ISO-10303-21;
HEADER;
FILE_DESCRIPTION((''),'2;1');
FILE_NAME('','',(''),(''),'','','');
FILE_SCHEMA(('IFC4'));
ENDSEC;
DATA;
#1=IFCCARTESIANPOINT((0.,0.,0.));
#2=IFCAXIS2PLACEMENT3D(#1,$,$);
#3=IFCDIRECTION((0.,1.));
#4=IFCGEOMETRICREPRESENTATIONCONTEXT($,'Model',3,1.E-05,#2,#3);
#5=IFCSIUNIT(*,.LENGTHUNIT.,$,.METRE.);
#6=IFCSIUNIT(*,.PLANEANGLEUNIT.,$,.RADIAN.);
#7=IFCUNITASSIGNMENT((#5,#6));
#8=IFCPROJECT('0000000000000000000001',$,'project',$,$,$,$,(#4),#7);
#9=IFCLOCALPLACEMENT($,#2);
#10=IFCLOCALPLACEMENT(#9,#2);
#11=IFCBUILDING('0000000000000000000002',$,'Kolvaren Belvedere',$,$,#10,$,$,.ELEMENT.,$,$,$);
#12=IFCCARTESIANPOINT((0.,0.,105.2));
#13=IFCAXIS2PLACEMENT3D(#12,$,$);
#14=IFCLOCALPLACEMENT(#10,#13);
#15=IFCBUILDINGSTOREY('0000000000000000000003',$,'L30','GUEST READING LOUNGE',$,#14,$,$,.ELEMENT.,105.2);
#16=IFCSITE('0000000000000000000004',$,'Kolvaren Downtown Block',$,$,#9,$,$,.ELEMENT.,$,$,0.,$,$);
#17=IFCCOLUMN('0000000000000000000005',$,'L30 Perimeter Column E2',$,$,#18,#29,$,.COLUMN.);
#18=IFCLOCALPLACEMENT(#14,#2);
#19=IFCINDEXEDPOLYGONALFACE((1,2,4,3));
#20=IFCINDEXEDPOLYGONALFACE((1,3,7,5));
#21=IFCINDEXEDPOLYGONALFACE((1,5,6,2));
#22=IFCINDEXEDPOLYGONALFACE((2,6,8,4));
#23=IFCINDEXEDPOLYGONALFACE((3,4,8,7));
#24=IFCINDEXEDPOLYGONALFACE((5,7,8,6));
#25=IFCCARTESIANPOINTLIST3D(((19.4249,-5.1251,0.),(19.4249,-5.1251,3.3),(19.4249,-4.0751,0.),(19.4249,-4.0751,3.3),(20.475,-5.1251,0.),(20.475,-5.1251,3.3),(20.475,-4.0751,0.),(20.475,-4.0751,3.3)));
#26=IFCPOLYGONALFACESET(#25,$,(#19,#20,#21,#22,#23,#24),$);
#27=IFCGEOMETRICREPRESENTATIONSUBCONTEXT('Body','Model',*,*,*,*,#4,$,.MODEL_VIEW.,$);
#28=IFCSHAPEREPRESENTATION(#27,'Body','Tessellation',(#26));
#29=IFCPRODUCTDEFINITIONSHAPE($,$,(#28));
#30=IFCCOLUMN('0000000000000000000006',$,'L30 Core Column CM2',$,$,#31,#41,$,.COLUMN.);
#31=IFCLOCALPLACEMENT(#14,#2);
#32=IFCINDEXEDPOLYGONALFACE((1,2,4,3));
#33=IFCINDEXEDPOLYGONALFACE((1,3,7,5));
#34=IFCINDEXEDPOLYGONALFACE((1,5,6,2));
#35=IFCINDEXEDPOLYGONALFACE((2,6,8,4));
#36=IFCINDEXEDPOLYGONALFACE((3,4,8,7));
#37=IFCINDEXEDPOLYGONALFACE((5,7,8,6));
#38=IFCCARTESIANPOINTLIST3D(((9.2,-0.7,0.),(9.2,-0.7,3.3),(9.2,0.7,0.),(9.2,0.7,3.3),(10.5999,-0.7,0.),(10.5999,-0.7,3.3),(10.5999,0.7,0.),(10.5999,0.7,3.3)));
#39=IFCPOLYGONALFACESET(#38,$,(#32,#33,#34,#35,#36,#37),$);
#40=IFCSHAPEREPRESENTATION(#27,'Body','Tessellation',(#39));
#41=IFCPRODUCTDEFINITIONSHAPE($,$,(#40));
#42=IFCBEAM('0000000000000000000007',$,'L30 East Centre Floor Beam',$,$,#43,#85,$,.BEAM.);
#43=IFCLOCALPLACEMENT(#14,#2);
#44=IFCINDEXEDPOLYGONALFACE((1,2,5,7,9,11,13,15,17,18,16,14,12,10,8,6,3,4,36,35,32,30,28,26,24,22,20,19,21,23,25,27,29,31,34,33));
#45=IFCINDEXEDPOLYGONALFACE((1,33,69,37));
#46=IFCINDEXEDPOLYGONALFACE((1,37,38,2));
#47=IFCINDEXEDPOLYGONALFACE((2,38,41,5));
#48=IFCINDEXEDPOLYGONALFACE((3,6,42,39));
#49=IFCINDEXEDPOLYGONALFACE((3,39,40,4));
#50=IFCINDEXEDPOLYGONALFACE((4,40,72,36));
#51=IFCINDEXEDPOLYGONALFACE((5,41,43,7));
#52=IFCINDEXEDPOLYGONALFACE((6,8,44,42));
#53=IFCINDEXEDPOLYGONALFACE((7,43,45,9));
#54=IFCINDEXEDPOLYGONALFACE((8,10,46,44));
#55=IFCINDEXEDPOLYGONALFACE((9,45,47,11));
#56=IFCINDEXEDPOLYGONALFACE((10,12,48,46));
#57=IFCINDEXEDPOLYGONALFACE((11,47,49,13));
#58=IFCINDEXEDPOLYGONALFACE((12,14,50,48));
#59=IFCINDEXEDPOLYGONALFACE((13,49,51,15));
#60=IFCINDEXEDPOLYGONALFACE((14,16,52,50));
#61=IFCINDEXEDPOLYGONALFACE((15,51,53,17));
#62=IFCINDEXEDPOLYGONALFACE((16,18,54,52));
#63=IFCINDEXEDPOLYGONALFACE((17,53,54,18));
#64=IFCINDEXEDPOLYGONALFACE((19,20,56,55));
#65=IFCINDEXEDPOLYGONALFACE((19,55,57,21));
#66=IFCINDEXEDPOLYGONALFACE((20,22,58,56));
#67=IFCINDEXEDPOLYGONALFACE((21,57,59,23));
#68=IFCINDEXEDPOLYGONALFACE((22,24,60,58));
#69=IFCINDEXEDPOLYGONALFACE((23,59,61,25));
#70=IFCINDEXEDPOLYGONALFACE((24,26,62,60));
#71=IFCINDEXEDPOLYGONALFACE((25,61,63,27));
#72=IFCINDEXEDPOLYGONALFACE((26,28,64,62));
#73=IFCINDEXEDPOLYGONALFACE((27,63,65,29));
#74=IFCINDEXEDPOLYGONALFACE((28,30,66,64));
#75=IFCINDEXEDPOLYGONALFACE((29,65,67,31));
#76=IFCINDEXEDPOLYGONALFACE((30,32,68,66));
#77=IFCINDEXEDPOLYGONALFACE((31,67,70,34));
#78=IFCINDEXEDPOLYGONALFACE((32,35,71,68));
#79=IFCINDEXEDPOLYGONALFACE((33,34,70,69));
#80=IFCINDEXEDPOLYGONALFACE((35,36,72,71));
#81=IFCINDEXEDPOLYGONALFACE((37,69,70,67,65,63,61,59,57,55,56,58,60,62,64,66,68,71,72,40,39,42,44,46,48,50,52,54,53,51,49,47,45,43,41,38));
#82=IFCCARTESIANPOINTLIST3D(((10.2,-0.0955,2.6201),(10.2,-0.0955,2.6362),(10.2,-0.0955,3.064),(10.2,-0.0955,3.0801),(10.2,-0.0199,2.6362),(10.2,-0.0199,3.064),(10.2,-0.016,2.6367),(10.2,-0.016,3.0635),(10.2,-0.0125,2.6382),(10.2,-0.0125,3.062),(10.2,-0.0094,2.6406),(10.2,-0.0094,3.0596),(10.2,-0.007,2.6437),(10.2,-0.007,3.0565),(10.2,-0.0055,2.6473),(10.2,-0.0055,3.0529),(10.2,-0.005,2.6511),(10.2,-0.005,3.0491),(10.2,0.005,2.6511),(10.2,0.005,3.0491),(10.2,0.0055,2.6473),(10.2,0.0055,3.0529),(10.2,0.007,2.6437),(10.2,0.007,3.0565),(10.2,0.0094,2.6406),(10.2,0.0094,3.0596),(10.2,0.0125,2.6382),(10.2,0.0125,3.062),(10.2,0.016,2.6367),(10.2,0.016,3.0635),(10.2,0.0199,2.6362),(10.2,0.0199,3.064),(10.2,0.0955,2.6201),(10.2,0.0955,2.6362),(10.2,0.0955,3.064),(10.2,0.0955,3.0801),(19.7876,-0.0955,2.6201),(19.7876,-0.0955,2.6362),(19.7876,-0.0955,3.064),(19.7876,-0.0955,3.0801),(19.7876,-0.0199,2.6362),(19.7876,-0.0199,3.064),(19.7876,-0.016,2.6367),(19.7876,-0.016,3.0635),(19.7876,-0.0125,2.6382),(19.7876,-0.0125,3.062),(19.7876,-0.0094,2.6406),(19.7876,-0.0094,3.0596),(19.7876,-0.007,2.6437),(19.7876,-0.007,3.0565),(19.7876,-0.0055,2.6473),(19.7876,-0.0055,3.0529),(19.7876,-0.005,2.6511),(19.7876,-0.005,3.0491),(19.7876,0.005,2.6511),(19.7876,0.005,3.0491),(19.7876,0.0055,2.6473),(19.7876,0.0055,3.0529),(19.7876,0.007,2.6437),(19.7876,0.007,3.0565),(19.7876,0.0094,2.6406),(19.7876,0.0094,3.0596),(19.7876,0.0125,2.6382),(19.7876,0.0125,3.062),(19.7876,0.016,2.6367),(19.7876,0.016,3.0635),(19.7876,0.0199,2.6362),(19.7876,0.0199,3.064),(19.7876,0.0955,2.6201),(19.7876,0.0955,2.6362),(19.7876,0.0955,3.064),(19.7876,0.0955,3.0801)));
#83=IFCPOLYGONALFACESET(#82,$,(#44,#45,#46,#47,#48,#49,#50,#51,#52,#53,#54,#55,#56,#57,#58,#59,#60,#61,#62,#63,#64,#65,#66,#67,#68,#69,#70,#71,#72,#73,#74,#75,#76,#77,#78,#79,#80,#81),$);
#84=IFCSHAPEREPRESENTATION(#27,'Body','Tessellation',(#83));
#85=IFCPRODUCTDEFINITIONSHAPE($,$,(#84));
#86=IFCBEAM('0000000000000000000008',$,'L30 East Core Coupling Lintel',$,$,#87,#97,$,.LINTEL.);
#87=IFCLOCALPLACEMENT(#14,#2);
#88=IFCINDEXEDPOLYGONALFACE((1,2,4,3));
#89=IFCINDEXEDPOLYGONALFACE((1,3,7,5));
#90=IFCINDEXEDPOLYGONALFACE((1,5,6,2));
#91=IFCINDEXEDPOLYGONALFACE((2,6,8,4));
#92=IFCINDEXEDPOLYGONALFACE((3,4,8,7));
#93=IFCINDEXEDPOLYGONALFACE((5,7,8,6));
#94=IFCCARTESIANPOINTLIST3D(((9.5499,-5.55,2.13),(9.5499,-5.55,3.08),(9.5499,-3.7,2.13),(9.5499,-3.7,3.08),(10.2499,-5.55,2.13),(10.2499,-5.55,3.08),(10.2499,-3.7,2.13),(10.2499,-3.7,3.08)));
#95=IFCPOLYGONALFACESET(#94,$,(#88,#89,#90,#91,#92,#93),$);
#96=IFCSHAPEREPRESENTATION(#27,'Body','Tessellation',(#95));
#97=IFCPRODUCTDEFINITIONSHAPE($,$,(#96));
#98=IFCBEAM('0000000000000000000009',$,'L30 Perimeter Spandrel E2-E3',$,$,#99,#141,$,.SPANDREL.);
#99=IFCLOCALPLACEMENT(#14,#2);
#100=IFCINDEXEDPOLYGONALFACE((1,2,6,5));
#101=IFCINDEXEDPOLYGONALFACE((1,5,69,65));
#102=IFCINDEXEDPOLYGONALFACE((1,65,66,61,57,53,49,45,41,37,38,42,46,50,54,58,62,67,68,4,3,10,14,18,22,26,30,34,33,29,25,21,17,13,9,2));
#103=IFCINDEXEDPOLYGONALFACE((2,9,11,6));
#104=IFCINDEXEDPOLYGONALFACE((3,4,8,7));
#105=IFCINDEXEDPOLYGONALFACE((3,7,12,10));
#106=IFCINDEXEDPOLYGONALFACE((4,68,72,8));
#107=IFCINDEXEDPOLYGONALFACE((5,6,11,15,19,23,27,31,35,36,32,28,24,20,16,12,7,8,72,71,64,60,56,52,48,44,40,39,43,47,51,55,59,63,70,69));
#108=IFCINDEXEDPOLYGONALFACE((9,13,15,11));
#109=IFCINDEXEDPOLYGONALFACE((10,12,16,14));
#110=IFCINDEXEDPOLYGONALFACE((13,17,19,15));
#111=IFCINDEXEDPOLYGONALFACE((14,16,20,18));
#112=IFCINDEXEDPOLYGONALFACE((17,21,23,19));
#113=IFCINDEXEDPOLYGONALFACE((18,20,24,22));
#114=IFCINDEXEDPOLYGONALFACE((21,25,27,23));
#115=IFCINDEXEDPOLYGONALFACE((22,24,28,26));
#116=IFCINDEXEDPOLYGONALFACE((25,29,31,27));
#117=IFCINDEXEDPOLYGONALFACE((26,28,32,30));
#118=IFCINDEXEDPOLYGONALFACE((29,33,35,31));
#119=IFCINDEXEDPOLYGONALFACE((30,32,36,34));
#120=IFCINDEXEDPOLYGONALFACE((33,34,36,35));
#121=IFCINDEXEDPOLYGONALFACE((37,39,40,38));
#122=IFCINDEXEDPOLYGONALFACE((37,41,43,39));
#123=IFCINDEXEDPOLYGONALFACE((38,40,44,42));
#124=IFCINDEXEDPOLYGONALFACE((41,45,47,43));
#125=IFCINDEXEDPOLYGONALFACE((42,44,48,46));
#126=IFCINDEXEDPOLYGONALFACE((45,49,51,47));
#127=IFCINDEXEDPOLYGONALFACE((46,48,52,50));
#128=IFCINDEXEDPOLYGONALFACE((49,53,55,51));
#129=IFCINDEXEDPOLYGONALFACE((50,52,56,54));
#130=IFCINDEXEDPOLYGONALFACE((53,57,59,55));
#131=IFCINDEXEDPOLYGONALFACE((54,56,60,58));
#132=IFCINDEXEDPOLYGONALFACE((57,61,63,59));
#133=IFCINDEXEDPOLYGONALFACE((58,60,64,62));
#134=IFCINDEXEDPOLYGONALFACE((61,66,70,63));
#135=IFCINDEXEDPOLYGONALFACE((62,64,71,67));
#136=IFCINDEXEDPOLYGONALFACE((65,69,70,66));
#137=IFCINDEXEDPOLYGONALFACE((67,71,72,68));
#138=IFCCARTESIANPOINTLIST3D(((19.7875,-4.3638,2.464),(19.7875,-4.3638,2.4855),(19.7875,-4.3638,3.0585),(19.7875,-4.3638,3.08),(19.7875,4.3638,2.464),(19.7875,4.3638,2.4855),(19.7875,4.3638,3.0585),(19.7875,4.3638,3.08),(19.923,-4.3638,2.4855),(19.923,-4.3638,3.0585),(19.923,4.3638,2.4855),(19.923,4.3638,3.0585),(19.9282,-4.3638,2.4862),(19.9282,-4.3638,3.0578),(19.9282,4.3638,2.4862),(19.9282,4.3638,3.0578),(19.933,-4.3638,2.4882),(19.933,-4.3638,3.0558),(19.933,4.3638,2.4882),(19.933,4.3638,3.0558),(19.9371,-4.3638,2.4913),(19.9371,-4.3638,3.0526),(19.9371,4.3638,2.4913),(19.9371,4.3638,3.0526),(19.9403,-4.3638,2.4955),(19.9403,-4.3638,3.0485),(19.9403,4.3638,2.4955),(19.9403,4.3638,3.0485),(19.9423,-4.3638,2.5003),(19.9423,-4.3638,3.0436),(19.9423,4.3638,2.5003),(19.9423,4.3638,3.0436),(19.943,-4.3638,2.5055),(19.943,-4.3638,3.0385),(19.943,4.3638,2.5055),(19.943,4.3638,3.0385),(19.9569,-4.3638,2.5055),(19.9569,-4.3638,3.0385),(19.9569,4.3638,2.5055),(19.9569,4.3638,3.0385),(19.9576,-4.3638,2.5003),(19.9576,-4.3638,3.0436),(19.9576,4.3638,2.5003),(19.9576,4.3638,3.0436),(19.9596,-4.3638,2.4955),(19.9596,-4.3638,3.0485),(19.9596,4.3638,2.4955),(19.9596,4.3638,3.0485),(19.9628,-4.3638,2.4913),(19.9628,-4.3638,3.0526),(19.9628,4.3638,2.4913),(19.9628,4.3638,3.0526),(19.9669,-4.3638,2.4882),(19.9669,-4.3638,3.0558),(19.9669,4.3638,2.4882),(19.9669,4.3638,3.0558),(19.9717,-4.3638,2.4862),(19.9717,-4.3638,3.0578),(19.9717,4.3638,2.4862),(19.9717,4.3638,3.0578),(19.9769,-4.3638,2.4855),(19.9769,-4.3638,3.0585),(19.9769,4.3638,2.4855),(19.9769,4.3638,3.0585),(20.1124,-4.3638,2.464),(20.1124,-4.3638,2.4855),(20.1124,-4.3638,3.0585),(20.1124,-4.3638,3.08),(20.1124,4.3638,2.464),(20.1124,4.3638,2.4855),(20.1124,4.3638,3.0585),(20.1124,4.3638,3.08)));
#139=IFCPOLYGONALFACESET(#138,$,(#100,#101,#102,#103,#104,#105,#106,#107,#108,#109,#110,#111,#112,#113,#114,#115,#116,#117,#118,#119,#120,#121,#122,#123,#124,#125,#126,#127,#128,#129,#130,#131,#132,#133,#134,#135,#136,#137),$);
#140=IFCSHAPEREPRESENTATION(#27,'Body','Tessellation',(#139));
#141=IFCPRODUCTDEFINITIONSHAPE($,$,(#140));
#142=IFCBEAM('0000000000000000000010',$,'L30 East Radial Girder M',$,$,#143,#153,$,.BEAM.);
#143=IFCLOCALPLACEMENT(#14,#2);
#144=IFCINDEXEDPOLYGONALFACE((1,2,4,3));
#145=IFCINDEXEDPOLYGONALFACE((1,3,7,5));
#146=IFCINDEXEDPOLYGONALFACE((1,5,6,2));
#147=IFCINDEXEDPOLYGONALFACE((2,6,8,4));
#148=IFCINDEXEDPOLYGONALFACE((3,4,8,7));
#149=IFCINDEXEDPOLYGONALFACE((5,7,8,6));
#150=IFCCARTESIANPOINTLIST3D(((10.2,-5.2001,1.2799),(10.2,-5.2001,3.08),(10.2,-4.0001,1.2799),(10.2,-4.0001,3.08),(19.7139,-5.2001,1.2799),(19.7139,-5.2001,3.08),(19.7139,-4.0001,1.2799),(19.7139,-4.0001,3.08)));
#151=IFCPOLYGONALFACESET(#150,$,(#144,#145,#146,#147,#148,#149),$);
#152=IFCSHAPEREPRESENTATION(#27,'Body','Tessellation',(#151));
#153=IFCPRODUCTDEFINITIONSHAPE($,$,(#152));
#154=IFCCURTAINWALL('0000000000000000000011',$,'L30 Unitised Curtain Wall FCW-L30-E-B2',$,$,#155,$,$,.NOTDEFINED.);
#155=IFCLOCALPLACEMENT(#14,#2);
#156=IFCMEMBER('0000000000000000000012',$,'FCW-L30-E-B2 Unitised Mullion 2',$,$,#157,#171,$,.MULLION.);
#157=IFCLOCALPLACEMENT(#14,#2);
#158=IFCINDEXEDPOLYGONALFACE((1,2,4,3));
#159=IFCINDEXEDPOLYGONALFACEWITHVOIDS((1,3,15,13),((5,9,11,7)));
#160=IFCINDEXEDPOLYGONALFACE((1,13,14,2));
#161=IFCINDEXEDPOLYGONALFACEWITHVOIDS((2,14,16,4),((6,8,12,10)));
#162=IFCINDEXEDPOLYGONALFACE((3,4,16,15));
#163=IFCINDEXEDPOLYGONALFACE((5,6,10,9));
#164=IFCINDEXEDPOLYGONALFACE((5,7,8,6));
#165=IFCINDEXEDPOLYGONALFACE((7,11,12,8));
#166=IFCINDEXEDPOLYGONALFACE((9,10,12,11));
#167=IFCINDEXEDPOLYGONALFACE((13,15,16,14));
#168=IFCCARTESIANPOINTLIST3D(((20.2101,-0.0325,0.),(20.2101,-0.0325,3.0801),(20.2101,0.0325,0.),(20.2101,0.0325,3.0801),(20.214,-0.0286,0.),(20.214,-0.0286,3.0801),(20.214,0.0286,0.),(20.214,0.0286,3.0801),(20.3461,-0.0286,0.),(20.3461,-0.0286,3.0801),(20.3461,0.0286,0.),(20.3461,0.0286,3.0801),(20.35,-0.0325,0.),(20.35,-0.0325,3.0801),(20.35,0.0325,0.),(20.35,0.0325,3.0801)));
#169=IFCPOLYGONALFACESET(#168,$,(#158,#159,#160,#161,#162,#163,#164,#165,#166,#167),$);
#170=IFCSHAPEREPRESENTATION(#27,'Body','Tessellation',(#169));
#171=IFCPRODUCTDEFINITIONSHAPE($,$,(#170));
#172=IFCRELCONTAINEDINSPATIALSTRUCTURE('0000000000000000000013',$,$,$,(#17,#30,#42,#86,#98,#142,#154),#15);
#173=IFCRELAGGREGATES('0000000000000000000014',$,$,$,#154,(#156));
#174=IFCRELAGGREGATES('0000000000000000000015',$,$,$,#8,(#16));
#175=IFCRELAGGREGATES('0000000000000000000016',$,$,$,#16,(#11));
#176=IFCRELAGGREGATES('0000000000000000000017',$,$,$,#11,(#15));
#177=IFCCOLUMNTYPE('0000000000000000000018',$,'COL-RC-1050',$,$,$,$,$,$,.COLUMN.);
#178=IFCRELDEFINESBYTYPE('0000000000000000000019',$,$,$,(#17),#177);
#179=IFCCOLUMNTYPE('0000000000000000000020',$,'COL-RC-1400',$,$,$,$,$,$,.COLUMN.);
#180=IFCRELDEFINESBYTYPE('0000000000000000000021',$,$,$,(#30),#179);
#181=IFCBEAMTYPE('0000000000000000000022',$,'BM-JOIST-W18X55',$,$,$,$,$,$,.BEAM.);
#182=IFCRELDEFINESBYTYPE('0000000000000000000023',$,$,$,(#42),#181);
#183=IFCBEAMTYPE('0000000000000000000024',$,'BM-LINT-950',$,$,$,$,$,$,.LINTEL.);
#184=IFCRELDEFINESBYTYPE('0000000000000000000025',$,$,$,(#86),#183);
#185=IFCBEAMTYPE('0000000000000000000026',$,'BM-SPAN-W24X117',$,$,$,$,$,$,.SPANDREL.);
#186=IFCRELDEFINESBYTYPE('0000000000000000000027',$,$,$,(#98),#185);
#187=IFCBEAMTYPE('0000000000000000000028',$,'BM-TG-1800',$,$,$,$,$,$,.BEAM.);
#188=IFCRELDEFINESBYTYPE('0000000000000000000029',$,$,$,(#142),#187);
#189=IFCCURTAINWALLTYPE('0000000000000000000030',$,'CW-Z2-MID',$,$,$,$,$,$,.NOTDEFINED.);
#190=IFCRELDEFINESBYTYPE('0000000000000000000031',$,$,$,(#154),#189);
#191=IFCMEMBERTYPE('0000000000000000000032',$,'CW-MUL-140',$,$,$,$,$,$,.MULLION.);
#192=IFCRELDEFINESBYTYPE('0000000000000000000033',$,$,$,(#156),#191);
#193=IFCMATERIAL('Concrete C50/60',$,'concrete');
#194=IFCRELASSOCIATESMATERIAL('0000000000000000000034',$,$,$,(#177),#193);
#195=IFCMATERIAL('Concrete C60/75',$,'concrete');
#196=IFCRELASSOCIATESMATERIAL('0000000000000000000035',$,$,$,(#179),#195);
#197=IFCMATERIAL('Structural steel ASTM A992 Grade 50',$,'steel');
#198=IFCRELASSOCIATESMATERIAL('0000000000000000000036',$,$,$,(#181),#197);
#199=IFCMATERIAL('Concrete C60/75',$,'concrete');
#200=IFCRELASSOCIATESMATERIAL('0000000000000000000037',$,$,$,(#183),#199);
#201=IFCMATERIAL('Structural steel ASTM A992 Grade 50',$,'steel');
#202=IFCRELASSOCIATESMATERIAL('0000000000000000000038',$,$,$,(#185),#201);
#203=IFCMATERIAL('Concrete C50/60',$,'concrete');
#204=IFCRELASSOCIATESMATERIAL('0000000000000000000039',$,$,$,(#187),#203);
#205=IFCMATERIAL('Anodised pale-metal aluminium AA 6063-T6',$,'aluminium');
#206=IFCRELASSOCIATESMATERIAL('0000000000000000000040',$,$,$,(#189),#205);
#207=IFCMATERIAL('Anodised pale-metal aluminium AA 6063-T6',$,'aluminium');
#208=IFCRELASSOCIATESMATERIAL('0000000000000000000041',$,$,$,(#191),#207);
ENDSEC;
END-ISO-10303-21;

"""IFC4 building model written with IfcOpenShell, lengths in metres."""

from ifc_helpers import new_model, si_unit, direction, frame, origin, origin_2d, place, context, subcontext, project, spatial, rectangle, hollow_rectangle, i_section, extrude, material, material_profile, profile_set, type_object, element, aggregate, save


model = new_model("IFC4")

# Units and contexts
model_context = context("Model", 3, precision=1e-05, world=origin(), true_north=direction((0.0, 1.0)))
body_context = subcontext(model_context, "Body", "Model", "MODEL_VIEW")
ifc_project = project(units=[si_unit("LENGTHUNIT", "METRE"), si_unit("PLANEANGLEUNIT", "RADIAN")], contexts=[model_context])

# Site, building, storey
site_placement = place(None, origin())
site = spatial("IfcSite", under=ifc_project, at=site_placement, Name="Kolvaren Downtown Block", CompositionType="ELEMENT", RefElevation=0.0)
building_placement = place(site_placement, origin())
building = spatial("IfcBuilding", under=site, at=building_placement, Name="Kolvaren Belvedere", CompositionType="ELEMENT")
storey_placement = place(building_placement, frame((0.0, 0.0, 105.2)))
storey = spatial("IfcBuildingStorey", under=building, at=storey_placement, Name="L30", Description="GUEST READING LOUNGE", CompositionType="ELEMENT", Elevation=105.2)

# Columns
ifc_material_1 = material(Name="Concrete C50/60", Category="concrete")
ifc_material_profile_1 = material_profile(ifc_material_1, rectangle(XDim=1.05, YDim=1.05, at=origin_2d()), Name="RC 1050X1050")
ifc_profile_set_1 = profile_set([ifc_material_profile_1], Name="Concrete C50/60")
column_type_1 = type_object("IfcColumnType", Name="COL-RC-1050", PredefinedType="COLUMN", material=ifc_profile_set_1)
column_1_placement = place(storey_placement, frame((19.95, -4.6001, 0.0), z_axis=(0.0, 0.0, 1.0), x_axis=(1.0, 0.0, 0.0)))
element("IfcColumn", 1, at=column_1_placement, inside=storey, type_object=column_type_1, Name="L30 Perimeter Column E2", PredefinedType="COLUMN", context=body_context, shape_type="SweptSolid", body=[
    extrude(rectangle(XDim=1.05, YDim=1.05, at=origin_2d()), origin(), (0.0, 0.0, 1.0), 3.3),
])
ifc_material_2 = material(Name="Concrete C60/75", Category="concrete")
ifc_material_profile_2 = material_profile(ifc_material_2, rectangle(XDim=1.3999, YDim=1.3999, at=origin_2d()), Name="RC 1400X1400")
ifc_profile_set_2 = profile_set([ifc_material_profile_2], Name="Concrete C60/75")
column_type_2 = type_object("IfcColumnType", Name="COL-RC-1400", PredefinedType="COLUMN", material=ifc_profile_set_2)
column_2_placement = place(storey_placement, frame((9.8999, 0.0, 0.0), z_axis=(0.0, 0.0, 1.0), x_axis=(1.0, 0.0, 0.0)))
element("IfcColumn", 2, at=column_2_placement, inside=storey, type_object=column_type_2, Name="L30 Core Column CM2", PredefinedType="COLUMN", context=body_context, shape_type="SweptSolid", body=[
    extrude(rectangle(XDim=1.3999, YDim=1.3999, at=origin_2d()), origin(), (0.0, 0.0, 1.0), 3.3),
])

# Beams
ifc_material_3 = material(Name="Structural steel ASTM A992 Grade 50", Category="steel")
ifc_material_profile_3 = material_profile(ifc_material_3, i_section(OverallWidth=0.1909, OverallDepth=0.46, WebThickness=0.01, FlangeThickness=0.0161, FilletRadius=0.0149, at=origin_2d()), Name="W18X55")
ifc_profile_set_3 = profile_set([ifc_material_profile_3], Name="Structural steel ASTM A992 Grade 50")
beam_type_1 = type_object("IfcBeamType", Name="BM-JOIST-W18X55", PredefinedType="BEAM", material=ifc_profile_set_3)
beam_1_placement = place(storey_placement, frame((10.2, 0.0, 2.8501), z_axis=(1.0, 0.0, 0.0), x_axis=(0.0, 1.0, 0.0)))
element("IfcBeam", 3, at=beam_1_placement, inside=storey, type_object=beam_type_1, Name="L30 East Centre Floor Beam", PredefinedType="BEAM", context=body_context, shape_type="SweptSolid", body=[
    extrude(i_section(OverallWidth=0.1909, OverallDepth=0.46, WebThickness=0.01, FlangeThickness=0.0161, FilletRadius=0.0149, at=origin_2d()), origin(), (0.0, 0.0, 1.0), 9.5876),
])
ifc_material_4 = material(Name="Concrete C60/75", Category="concrete")
ifc_material_profile_4 = material_profile(ifc_material_4, rectangle(XDim=0.7, YDim=0.95, at=origin_2d()), Name="RC 700X950")
ifc_profile_set_4 = profile_set([ifc_material_profile_4], Name="Concrete C60/75")
beam_type_2 = type_object("IfcBeamType", Name="BM-LINT-950", PredefinedType="LINTEL", material=ifc_profile_set_4)
beam_2_placement = place(storey_placement, frame((9.8999, -5.55, 2.605), z_axis=(0.0, 1.0, 0.0), x_axis=(-1.0, 0.0, 0.0)))
element("IfcBeam", 4, at=beam_2_placement, inside=storey, type_object=beam_type_2, Name="L30 East Core Coupling Lintel", PredefinedType="LINTEL", context=body_context, shape_type="SweptSolid", body=[
    extrude(rectangle(XDim=0.7, YDim=0.95, at=origin_2d()), origin(), (0.0, 0.0, 1.0), 1.8501),
])
ifc_material_5 = material(Name="Structural steel ASTM A992 Grade 50", Category="steel")
ifc_material_profile_5 = material_profile(ifc_material_5, i_section(OverallWidth=0.325, OverallDepth=0.616, WebThickness=0.0139, FlangeThickness=0.0215, FilletRadius=0.02, at=origin_2d()), Name="W24X117")
ifc_profile_set_5 = profile_set([ifc_material_profile_5], Name="Structural steel ASTM A992 Grade 50")
beam_type_3 = type_object("IfcBeamType", Name="BM-SPAN-W24X117", PredefinedType="SPANDREL", material=ifc_profile_set_5)
beam_3_placement = place(storey_placement, frame((19.95, -4.3638, 2.772), z_axis=(0.0, 1.0, 0.0), x_axis=(-1.0, 0.0, 0.0)))
element("IfcBeam", 5, at=beam_3_placement, inside=storey, type_object=beam_type_3, Name="L30 Perimeter Spandrel E2-E3", PredefinedType="SPANDREL", context=body_context, shape_type="SweptSolid", body=[
    extrude(i_section(OverallWidth=0.325, OverallDepth=0.616, WebThickness=0.0139, FlangeThickness=0.0215, FilletRadius=0.02, at=origin_2d()), origin(), (0.0, 0.0, 1.0), 8.7275),
])
ifc_material_6 = material(Name="Concrete C50/60", Category="concrete")
ifc_material_profile_6 = material_profile(ifc_material_6, rectangle(XDim=1.2, YDim=1.8, at=origin_2d()), Name="RC 1200X1800")
ifc_profile_set_6 = profile_set([ifc_material_profile_6], Name="Concrete C50/60")
beam_type_4 = type_object("IfcBeamType", Name="BM-TG-1800", PredefinedType="BEAM", material=ifc_profile_set_6)
beam_4_placement = place(storey_placement, frame((10.2, -4.6001, 2.1799), z_axis=(1.0, 0.0, 0.0), x_axis=(0.0, 1.0, 0.0)))
element("IfcBeam", 6, at=beam_4_placement, inside=storey, type_object=beam_type_4, Name="L30 East Radial Girder M", PredefinedType="BEAM", context=body_context, shape_type="SweptSolid", body=[
    extrude(rectangle(XDim=1.2, YDim=1.8, at=origin_2d()), origin(), (0.0, 0.0, 1.0), 9.5139),
])

# Curtain wall, member
ifc_material_7 = material(Name="Anodised pale-metal aluminium AA 6063-T6", Category="aluminium")
curtain_wall_type = type_object("IfcCurtainWallType", Name="CW-Z2-MID", PredefinedType="NOTDEFINED", material=ifc_material_7)
curtain_wall_1_placement = place(storey_placement, origin())
curtain_wall_1 = element("IfcCurtainWall", 7, at=curtain_wall_1_placement, inside=storey, type_object=curtain_wall_type, Name="L30 Unitised Curtain Wall FCW-L30-E-B2", PredefinedType="NOTDEFINED")
ifc_material_8 = material(Name="Anodised pale-metal aluminium AA 6063-T6", Category="aluminium")
ifc_material_profile_7 = material_profile(ifc_material_8, hollow_rectangle(XDim=0.0649, YDim=0.1399, WallThickness=0.0039, at=origin_2d()), Name="ALU-MUL-140X65")
ifc_profile_set_7 = profile_set([ifc_material_profile_7], Name="Anodised pale-metal aluminium AA 6063-T6")
member_type_1 = type_object("IfcMemberType", Name="CW-MUL-140", PredefinedType="MULLION", material=ifc_profile_set_7)
member_1_placement = place(storey_placement, frame((20.28, 0.0, 0.0), z_axis=(0.0, 0.0, 1.0), x_axis=(0.0, 1.0, 0.0)))
member_1 = element("IfcMember", 8, at=member_1_placement, type_object=member_type_1, Name="FCW-L30-E-B2 Unitised Mullion 2", PredefinedType="MULLION", context=body_context, shape_type="SweptSolid", body=[
    extrude(hollow_rectangle(XDim=0.0649, YDim=0.1399, WallThickness=0.0039, at=origin_2d()), origin(), (0.0, 0.0, 1.0), 3.0801),
])

aggregate(curtain_wall_1, [member_1])

save(model, "model.ifc")
